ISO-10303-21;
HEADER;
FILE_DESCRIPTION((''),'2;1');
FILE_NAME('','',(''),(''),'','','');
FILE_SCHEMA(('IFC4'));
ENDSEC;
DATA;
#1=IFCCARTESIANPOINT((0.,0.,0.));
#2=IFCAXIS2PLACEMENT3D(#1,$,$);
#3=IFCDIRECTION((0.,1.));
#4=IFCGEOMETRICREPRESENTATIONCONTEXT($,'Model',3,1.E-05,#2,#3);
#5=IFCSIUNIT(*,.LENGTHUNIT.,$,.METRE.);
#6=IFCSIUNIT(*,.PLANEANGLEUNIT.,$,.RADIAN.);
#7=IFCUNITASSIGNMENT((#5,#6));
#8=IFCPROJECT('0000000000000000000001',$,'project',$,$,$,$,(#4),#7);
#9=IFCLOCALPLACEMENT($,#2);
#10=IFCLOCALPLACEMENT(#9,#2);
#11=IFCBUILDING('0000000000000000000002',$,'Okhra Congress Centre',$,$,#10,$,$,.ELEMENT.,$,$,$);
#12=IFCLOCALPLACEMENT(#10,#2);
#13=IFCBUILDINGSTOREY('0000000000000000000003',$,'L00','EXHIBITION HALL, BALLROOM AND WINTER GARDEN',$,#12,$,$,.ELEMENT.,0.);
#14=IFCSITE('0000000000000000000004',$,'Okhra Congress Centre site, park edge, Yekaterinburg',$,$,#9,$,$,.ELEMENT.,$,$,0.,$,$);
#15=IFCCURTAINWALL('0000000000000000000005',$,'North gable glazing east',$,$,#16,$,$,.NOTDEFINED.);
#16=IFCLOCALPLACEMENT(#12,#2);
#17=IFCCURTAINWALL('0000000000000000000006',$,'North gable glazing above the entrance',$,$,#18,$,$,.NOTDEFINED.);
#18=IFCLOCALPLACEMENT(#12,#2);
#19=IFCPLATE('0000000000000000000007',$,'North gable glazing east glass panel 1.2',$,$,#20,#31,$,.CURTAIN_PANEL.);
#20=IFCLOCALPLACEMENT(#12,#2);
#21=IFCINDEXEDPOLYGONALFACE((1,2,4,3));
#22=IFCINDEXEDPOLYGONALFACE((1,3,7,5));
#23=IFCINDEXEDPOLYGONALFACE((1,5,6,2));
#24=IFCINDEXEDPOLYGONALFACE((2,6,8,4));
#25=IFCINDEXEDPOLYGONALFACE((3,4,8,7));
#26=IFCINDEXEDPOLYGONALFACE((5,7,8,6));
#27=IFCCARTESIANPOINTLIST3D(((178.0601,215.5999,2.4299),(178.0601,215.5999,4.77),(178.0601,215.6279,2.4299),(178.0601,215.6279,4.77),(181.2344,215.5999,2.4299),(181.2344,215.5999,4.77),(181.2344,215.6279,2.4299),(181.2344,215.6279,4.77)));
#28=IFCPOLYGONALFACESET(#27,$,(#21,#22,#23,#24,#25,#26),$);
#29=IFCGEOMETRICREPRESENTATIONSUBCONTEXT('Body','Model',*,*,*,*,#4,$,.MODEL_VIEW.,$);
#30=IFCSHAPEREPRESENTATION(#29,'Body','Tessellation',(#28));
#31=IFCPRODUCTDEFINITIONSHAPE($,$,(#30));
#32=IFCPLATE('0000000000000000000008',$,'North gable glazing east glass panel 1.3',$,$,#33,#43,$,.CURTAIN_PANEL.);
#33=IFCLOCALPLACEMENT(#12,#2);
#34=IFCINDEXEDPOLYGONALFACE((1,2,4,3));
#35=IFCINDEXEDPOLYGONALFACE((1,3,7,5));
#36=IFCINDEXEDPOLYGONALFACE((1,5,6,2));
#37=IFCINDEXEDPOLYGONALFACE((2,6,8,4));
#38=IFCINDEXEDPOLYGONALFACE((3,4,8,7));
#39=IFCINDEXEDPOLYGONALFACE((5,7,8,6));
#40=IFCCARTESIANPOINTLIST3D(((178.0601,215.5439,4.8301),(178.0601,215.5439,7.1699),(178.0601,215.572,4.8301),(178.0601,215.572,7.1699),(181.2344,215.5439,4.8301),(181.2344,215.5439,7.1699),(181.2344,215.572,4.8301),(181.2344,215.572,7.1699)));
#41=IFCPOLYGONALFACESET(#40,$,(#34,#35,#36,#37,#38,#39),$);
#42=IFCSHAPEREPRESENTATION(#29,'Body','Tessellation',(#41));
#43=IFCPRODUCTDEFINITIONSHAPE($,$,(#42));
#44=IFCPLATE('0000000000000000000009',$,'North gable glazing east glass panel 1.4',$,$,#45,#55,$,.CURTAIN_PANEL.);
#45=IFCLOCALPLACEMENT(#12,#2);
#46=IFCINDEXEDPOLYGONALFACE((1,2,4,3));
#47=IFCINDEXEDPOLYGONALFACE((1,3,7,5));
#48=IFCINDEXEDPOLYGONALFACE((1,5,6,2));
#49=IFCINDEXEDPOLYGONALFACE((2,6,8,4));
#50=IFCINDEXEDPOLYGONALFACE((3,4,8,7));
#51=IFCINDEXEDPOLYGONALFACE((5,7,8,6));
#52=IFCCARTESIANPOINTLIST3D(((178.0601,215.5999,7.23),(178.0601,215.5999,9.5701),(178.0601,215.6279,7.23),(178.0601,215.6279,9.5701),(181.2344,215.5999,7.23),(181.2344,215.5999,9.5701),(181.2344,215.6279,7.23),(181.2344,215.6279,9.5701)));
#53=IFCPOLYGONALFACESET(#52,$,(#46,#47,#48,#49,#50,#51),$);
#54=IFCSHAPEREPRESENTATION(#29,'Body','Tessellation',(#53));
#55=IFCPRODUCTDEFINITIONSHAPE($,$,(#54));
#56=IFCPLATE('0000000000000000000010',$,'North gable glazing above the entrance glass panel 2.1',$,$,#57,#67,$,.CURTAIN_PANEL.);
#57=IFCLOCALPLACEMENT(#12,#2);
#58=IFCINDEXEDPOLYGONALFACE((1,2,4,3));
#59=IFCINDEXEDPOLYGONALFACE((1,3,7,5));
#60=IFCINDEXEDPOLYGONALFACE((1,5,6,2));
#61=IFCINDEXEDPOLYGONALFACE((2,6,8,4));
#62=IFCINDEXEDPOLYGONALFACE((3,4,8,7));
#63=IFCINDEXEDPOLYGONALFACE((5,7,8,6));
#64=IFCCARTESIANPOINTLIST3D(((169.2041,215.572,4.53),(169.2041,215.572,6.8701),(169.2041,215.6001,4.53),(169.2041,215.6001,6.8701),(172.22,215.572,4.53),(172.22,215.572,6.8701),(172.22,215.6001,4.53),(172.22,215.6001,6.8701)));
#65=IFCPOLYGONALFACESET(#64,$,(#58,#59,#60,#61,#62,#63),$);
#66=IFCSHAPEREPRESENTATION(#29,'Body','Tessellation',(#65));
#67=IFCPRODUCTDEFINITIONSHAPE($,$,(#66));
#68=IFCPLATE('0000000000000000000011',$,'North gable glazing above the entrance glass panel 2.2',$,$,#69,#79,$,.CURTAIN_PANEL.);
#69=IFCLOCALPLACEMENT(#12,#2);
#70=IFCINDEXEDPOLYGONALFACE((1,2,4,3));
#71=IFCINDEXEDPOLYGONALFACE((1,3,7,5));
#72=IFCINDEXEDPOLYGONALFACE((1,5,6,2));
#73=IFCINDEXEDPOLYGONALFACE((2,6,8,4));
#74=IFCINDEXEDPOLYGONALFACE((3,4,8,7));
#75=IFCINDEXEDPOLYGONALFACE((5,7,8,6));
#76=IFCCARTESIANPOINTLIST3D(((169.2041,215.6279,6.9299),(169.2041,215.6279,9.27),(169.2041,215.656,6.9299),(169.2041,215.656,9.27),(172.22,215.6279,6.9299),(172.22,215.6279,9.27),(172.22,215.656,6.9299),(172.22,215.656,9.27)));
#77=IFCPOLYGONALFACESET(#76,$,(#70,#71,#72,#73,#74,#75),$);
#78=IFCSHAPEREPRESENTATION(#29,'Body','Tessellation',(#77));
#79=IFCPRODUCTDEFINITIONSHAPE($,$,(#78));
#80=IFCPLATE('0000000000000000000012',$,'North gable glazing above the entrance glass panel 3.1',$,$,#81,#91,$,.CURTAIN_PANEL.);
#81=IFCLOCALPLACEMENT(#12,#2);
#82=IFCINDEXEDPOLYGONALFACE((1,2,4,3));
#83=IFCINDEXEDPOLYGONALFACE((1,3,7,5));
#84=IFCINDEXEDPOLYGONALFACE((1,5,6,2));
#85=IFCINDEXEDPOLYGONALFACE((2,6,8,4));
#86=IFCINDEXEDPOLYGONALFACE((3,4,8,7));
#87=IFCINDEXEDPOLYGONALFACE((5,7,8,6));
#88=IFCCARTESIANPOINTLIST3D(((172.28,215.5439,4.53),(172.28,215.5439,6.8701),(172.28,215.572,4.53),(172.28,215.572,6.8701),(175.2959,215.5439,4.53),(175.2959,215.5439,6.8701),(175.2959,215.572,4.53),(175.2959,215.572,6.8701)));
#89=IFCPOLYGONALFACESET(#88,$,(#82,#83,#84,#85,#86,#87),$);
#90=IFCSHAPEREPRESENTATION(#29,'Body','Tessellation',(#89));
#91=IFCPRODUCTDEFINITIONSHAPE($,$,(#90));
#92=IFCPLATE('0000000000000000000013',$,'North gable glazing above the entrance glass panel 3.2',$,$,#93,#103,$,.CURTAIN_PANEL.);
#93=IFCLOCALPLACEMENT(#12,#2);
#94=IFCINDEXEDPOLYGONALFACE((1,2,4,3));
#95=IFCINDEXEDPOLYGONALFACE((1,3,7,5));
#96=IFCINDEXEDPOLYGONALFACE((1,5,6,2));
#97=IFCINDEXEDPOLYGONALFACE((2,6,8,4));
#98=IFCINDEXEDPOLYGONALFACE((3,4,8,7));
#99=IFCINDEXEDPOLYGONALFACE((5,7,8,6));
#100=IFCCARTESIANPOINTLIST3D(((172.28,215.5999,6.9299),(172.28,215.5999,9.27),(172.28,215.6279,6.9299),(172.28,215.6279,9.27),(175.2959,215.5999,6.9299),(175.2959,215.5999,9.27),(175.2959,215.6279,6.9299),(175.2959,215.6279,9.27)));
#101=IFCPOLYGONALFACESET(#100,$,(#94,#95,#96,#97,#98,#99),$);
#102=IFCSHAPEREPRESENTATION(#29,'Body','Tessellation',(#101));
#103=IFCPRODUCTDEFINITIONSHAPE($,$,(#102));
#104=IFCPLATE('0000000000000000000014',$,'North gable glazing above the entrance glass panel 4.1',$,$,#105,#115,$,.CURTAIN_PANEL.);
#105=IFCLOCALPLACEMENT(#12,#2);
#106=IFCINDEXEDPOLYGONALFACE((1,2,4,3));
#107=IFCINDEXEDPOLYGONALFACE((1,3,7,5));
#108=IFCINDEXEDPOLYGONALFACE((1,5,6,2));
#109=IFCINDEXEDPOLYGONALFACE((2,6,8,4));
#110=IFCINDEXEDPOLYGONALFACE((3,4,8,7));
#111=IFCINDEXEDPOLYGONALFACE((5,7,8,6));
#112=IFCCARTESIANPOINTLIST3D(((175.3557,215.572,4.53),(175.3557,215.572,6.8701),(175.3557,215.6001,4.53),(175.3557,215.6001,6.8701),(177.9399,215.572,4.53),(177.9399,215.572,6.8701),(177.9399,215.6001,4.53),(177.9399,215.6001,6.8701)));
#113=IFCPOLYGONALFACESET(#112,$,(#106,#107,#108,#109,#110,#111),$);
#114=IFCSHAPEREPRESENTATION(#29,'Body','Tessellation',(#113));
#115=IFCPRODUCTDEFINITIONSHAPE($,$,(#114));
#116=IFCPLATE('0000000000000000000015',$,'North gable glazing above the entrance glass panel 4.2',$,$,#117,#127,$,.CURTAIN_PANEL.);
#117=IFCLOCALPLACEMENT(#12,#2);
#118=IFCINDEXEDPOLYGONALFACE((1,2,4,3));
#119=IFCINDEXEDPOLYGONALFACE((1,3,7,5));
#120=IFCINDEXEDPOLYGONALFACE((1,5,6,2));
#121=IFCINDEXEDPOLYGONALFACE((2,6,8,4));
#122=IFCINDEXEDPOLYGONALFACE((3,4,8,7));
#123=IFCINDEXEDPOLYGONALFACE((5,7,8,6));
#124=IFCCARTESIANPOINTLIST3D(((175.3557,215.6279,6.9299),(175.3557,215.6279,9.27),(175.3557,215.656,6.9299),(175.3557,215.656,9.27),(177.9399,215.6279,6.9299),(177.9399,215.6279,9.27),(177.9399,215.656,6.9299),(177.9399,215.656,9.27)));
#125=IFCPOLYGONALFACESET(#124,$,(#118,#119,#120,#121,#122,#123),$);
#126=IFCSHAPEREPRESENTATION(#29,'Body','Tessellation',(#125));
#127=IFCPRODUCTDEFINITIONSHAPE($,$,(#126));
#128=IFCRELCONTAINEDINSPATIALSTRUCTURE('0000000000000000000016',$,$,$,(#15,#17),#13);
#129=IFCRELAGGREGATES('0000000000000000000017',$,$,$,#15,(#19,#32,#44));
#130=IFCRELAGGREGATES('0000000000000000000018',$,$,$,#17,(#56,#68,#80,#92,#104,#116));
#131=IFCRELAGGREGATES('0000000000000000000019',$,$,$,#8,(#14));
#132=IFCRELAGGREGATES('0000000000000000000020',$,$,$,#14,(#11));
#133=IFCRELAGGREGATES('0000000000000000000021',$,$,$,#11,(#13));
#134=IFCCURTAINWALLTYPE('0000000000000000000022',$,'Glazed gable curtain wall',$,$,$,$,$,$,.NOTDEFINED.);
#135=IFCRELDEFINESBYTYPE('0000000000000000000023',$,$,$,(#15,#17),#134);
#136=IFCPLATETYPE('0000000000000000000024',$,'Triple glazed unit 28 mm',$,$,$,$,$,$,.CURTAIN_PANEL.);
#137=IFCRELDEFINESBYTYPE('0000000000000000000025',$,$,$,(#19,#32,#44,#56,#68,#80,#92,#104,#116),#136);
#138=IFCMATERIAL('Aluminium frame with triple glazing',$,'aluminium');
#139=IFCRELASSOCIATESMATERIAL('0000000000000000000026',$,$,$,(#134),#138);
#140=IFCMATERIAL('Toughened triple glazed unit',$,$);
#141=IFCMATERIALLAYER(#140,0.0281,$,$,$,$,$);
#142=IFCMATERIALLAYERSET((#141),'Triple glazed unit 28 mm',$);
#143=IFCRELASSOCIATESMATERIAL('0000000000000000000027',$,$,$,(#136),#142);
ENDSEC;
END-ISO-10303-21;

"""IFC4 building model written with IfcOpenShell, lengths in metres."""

from ifc_helpers import new_model, si_unit, direction, frame, origin, place, context, subcontext, project, spatial, polyline, outline, extrude, material, layer, layer_set, type_object, element, aggregate, save


model = new_model("IFC4")

# Units and contexts
model_context = context("Model", 3, precision=1e-05, world=origin(), true_north=direction((0.0, 1.0)))
body_context = subcontext(model_context, "Body", "Model", "MODEL_VIEW")
ifc_project = project(units=[si_unit("LENGTHUNIT", "METRE"), si_unit("PLANEANGLEUNIT", "RADIAN")], contexts=[model_context])

# Site, building, storey
site_placement = place(None, origin())
site = spatial("IfcSite", under=ifc_project, at=site_placement, Name="Okhra Congress Centre site, park edge, Yekaterinburg", CompositionType="ELEMENT", RefElevation=0.0)
building_placement = place(site_placement, origin())
building = spatial("IfcBuilding", under=site, at=building_placement, Name="Okhra Congress Centre", CompositionType="ELEMENT")
storey_placement = place(building_placement, origin())
storey = spatial("IfcBuildingStorey", under=building, at=storey_placement, Name="L00", Description="EXHIBITION HALL, BALLROOM AND WINTER GARDEN", CompositionType="ELEMENT", Elevation=0.0)

# Curtain walls
ifc_material_1 = material(Name="Aluminium frame with triple glazing", Category="aluminium")
curtain_wall_type = type_object("IfcCurtainWallType", Name="Glazed gable curtain wall", PredefinedType="NOTDEFINED", material=ifc_material_1)
curtain_wall_1_placement = place(storey_placement, origin())
curtain_wall_1 = element("IfcCurtainWall", 1, at=curtain_wall_1_placement, inside=storey, type_object=curtain_wall_type, Name="North gable glazing east", PredefinedType="NOTDEFINED")
curtain_wall_2_placement = place(storey_placement, origin())
curtain_wall_2 = element("IfcCurtainWall", 2, at=curtain_wall_2_placement, inside=storey, type_object=curtain_wall_type, Name="North gable glazing above the entrance", PredefinedType="NOTDEFINED")

# Plates
ifc_material_2 = material(Name="Toughened triple glazed unit")
ifc_layer = layer(ifc_material_2, 0.0281)
ifc_layer_set = layer_set([ifc_layer], Name="Triple glazed unit 28 mm")
plate_type = type_object("IfcPlateType", Name="Triple glazed unit 28 mm", PredefinedType="CURTAIN_PANEL", material=ifc_layer_set)
plate_1_placement = place(storey_placement, frame((181.2344, 215.6279, 2.4299), z_axis=(0.0, 1.0, 0.0), x_axis=(-1.0, 0.0, 0.0)))
plate_1 = element("IfcPlate", 3, at=plate_1_placement, type_object=plate_type, Name="North gable glazing east glass panel 1.2", PredefinedType="CURTAIN_PANEL", context=body_context, shape_type="SweptSolid", body=[
    extrude(outline(polyline([(0.0, 0.0), (3.1743, 0.0), (3.1743, 2.3401), (0.0, 2.3401), (0.0, 0.0)])), origin(), (0.0, 0.0, -1.0), 0.0281),
])
plate_2_placement = place(storey_placement, frame((181.2344, 215.572, 4.8301), z_axis=(0.0, 1.0, 0.0), x_axis=(-1.0, 0.0, 0.0)))
plate_2 = element("IfcPlate", 4, at=plate_2_placement, type_object=plate_type, Name="North gable glazing east glass panel 1.3", PredefinedType="CURTAIN_PANEL", context=body_context, shape_type="SweptSolid", body=[
    extrude(outline(polyline([(0.0, 0.0), (3.1743, 0.0), (3.1743, 2.3398), (0.0, 2.3398), (0.0, 0.0)])), origin(), (0.0, 0.0, -1.0), 0.0281),
])
plate_3_placement = place(storey_placement, frame((181.2344, 215.6279, 7.23), z_axis=(0.0, 1.0, 0.0), x_axis=(-1.0, 0.0, 0.0)))
plate_3 = element("IfcPlate", 5, at=plate_3_placement, type_object=plate_type, Name="North gable glazing east glass panel 1.4", PredefinedType="CURTAIN_PANEL", context=body_context, shape_type="SweptSolid", body=[
    extrude(outline(polyline([(0.0, 0.0), (3.1743, 0.0), (3.1743, 2.3401), (0.0, 2.3401), (0.0, 0.0)])), origin(), (0.0, 0.0, -1.0), 0.0281),
])
aggregate(curtain_wall_1, [plate_1, plate_2, plate_3])
plate_4_placement = place(storey_placement, frame((172.22, 215.6001, 4.53), z_axis=(0.0, 1.0, 0.0), x_axis=(-1.0, 0.0, 0.0)))
plate_4 = element("IfcPlate", 6, at=plate_4_placement, type_object=plate_type, Name="North gable glazing above the entrance glass panel 2.1", PredefinedType="CURTAIN_PANEL", context=body_context, shape_type="SweptSolid", body=[
    extrude(outline(polyline([(0.0, 0.0), (3.0159, 0.0), (3.0159, 2.3401), (0.0, 2.3401), (0.0, 0.0)])), origin(), (0.0, 0.0, -1.0), 0.0281),
])
plate_5_placement = place(storey_placement, frame((172.22, 215.656, 6.9299), z_axis=(0.0, 1.0, 0.0), x_axis=(-1.0, 0.0, 0.0)))
plate_5 = element("IfcPlate", 7, at=plate_5_placement, type_object=plate_type, Name="North gable glazing above the entrance glass panel 2.2", PredefinedType="CURTAIN_PANEL", context=body_context, shape_type="SweptSolid", body=[
    extrude(outline(polyline([(0.0, 0.0), (3.0159, 0.0), (3.0159, 2.3401), (0.0, 2.3401), (0.0, 0.0)])), origin(), (0.0, 0.0, -1.0), 0.0281),
])
plate_6_placement = place(storey_placement, frame((175.2959, 215.572, 4.53), z_axis=(0.0, 1.0, 0.0), x_axis=(-1.0, 0.0, 0.0)))
plate_6 = element("IfcPlate", 8, at=plate_6_placement, type_object=plate_type, Name="North gable glazing above the entrance glass panel 3.1", PredefinedType="CURTAIN_PANEL", context=body_context, shape_type="SweptSolid", body=[
    extrude(outline(polyline([(0.0, 0.0), (3.0159, 0.0), (3.0159, 2.3401), (0.0, 2.3401), (0.0, 0.0)])), origin(), (0.0, 0.0, -1.0), 0.0281),
])
plate_7_placement = place(storey_placement, frame((175.2959, 215.6279, 6.9299), z_axis=(0.0, 1.0, 0.0), x_axis=(-1.0, 0.0, 0.0)))
plate_7 = element("IfcPlate", 9, at=plate_7_placement, type_object=plate_type, Name="North gable glazing above the entrance glass panel 3.2", PredefinedType="CURTAIN_PANEL", context=body_context, shape_type="SweptSolid", body=[
    extrude(outline(polyline([(0.0, 0.0), (3.0159, 0.0), (3.0159, 2.3401), (0.0, 2.3401), (0.0, 0.0)])), origin(), (0.0, 0.0, -1.0), 0.0281),
])
plate_8_placement = place(storey_placement, frame((177.9399, 215.6001, 4.53), z_axis=(0.0, 1.0, 0.0), x_axis=(-1.0, 0.0, 0.0)))
plate_8 = element("IfcPlate", 10, at=plate_8_placement, type_object=plate_type, Name="North gable glazing above the entrance glass panel 4.1", PredefinedType="CURTAIN_PANEL", context=body_context, shape_type="SweptSolid", body=[
    extrude(outline(polyline([(0.0, 0.0), (2.5842, 0.0), (2.5842, 2.3401), (0.0, 2.3401), (0.0, 0.0)])), origin(), (0.0, 0.0, -1.0), 0.0281),
])
plate_9_placement = place(storey_placement, frame((177.9399, 215.656, 6.9299), z_axis=(0.0, 1.0, 0.0), x_axis=(-1.0, 0.0, 0.0)))
plate_9 = element("IfcPlate", 11, at=plate_9_placement, type_object=plate_type, Name="North gable glazing above the entrance glass panel 4.2", PredefinedType="CURTAIN_PANEL", context=body_context, shape_type="SweptSolid", body=[
    extrude(outline(polyline([(0.0, 0.0), (2.5842, 0.0), (2.5842, 2.3401), (0.0, 2.3401), (0.0, 0.0)])), origin(), (0.0, 0.0, -1.0), 0.0281),
])
aggregate(curtain_wall_2, [plate_4, plate_5, plate_6, plate_7, plate_8, plate_9])

save(model, "model.ifc")
